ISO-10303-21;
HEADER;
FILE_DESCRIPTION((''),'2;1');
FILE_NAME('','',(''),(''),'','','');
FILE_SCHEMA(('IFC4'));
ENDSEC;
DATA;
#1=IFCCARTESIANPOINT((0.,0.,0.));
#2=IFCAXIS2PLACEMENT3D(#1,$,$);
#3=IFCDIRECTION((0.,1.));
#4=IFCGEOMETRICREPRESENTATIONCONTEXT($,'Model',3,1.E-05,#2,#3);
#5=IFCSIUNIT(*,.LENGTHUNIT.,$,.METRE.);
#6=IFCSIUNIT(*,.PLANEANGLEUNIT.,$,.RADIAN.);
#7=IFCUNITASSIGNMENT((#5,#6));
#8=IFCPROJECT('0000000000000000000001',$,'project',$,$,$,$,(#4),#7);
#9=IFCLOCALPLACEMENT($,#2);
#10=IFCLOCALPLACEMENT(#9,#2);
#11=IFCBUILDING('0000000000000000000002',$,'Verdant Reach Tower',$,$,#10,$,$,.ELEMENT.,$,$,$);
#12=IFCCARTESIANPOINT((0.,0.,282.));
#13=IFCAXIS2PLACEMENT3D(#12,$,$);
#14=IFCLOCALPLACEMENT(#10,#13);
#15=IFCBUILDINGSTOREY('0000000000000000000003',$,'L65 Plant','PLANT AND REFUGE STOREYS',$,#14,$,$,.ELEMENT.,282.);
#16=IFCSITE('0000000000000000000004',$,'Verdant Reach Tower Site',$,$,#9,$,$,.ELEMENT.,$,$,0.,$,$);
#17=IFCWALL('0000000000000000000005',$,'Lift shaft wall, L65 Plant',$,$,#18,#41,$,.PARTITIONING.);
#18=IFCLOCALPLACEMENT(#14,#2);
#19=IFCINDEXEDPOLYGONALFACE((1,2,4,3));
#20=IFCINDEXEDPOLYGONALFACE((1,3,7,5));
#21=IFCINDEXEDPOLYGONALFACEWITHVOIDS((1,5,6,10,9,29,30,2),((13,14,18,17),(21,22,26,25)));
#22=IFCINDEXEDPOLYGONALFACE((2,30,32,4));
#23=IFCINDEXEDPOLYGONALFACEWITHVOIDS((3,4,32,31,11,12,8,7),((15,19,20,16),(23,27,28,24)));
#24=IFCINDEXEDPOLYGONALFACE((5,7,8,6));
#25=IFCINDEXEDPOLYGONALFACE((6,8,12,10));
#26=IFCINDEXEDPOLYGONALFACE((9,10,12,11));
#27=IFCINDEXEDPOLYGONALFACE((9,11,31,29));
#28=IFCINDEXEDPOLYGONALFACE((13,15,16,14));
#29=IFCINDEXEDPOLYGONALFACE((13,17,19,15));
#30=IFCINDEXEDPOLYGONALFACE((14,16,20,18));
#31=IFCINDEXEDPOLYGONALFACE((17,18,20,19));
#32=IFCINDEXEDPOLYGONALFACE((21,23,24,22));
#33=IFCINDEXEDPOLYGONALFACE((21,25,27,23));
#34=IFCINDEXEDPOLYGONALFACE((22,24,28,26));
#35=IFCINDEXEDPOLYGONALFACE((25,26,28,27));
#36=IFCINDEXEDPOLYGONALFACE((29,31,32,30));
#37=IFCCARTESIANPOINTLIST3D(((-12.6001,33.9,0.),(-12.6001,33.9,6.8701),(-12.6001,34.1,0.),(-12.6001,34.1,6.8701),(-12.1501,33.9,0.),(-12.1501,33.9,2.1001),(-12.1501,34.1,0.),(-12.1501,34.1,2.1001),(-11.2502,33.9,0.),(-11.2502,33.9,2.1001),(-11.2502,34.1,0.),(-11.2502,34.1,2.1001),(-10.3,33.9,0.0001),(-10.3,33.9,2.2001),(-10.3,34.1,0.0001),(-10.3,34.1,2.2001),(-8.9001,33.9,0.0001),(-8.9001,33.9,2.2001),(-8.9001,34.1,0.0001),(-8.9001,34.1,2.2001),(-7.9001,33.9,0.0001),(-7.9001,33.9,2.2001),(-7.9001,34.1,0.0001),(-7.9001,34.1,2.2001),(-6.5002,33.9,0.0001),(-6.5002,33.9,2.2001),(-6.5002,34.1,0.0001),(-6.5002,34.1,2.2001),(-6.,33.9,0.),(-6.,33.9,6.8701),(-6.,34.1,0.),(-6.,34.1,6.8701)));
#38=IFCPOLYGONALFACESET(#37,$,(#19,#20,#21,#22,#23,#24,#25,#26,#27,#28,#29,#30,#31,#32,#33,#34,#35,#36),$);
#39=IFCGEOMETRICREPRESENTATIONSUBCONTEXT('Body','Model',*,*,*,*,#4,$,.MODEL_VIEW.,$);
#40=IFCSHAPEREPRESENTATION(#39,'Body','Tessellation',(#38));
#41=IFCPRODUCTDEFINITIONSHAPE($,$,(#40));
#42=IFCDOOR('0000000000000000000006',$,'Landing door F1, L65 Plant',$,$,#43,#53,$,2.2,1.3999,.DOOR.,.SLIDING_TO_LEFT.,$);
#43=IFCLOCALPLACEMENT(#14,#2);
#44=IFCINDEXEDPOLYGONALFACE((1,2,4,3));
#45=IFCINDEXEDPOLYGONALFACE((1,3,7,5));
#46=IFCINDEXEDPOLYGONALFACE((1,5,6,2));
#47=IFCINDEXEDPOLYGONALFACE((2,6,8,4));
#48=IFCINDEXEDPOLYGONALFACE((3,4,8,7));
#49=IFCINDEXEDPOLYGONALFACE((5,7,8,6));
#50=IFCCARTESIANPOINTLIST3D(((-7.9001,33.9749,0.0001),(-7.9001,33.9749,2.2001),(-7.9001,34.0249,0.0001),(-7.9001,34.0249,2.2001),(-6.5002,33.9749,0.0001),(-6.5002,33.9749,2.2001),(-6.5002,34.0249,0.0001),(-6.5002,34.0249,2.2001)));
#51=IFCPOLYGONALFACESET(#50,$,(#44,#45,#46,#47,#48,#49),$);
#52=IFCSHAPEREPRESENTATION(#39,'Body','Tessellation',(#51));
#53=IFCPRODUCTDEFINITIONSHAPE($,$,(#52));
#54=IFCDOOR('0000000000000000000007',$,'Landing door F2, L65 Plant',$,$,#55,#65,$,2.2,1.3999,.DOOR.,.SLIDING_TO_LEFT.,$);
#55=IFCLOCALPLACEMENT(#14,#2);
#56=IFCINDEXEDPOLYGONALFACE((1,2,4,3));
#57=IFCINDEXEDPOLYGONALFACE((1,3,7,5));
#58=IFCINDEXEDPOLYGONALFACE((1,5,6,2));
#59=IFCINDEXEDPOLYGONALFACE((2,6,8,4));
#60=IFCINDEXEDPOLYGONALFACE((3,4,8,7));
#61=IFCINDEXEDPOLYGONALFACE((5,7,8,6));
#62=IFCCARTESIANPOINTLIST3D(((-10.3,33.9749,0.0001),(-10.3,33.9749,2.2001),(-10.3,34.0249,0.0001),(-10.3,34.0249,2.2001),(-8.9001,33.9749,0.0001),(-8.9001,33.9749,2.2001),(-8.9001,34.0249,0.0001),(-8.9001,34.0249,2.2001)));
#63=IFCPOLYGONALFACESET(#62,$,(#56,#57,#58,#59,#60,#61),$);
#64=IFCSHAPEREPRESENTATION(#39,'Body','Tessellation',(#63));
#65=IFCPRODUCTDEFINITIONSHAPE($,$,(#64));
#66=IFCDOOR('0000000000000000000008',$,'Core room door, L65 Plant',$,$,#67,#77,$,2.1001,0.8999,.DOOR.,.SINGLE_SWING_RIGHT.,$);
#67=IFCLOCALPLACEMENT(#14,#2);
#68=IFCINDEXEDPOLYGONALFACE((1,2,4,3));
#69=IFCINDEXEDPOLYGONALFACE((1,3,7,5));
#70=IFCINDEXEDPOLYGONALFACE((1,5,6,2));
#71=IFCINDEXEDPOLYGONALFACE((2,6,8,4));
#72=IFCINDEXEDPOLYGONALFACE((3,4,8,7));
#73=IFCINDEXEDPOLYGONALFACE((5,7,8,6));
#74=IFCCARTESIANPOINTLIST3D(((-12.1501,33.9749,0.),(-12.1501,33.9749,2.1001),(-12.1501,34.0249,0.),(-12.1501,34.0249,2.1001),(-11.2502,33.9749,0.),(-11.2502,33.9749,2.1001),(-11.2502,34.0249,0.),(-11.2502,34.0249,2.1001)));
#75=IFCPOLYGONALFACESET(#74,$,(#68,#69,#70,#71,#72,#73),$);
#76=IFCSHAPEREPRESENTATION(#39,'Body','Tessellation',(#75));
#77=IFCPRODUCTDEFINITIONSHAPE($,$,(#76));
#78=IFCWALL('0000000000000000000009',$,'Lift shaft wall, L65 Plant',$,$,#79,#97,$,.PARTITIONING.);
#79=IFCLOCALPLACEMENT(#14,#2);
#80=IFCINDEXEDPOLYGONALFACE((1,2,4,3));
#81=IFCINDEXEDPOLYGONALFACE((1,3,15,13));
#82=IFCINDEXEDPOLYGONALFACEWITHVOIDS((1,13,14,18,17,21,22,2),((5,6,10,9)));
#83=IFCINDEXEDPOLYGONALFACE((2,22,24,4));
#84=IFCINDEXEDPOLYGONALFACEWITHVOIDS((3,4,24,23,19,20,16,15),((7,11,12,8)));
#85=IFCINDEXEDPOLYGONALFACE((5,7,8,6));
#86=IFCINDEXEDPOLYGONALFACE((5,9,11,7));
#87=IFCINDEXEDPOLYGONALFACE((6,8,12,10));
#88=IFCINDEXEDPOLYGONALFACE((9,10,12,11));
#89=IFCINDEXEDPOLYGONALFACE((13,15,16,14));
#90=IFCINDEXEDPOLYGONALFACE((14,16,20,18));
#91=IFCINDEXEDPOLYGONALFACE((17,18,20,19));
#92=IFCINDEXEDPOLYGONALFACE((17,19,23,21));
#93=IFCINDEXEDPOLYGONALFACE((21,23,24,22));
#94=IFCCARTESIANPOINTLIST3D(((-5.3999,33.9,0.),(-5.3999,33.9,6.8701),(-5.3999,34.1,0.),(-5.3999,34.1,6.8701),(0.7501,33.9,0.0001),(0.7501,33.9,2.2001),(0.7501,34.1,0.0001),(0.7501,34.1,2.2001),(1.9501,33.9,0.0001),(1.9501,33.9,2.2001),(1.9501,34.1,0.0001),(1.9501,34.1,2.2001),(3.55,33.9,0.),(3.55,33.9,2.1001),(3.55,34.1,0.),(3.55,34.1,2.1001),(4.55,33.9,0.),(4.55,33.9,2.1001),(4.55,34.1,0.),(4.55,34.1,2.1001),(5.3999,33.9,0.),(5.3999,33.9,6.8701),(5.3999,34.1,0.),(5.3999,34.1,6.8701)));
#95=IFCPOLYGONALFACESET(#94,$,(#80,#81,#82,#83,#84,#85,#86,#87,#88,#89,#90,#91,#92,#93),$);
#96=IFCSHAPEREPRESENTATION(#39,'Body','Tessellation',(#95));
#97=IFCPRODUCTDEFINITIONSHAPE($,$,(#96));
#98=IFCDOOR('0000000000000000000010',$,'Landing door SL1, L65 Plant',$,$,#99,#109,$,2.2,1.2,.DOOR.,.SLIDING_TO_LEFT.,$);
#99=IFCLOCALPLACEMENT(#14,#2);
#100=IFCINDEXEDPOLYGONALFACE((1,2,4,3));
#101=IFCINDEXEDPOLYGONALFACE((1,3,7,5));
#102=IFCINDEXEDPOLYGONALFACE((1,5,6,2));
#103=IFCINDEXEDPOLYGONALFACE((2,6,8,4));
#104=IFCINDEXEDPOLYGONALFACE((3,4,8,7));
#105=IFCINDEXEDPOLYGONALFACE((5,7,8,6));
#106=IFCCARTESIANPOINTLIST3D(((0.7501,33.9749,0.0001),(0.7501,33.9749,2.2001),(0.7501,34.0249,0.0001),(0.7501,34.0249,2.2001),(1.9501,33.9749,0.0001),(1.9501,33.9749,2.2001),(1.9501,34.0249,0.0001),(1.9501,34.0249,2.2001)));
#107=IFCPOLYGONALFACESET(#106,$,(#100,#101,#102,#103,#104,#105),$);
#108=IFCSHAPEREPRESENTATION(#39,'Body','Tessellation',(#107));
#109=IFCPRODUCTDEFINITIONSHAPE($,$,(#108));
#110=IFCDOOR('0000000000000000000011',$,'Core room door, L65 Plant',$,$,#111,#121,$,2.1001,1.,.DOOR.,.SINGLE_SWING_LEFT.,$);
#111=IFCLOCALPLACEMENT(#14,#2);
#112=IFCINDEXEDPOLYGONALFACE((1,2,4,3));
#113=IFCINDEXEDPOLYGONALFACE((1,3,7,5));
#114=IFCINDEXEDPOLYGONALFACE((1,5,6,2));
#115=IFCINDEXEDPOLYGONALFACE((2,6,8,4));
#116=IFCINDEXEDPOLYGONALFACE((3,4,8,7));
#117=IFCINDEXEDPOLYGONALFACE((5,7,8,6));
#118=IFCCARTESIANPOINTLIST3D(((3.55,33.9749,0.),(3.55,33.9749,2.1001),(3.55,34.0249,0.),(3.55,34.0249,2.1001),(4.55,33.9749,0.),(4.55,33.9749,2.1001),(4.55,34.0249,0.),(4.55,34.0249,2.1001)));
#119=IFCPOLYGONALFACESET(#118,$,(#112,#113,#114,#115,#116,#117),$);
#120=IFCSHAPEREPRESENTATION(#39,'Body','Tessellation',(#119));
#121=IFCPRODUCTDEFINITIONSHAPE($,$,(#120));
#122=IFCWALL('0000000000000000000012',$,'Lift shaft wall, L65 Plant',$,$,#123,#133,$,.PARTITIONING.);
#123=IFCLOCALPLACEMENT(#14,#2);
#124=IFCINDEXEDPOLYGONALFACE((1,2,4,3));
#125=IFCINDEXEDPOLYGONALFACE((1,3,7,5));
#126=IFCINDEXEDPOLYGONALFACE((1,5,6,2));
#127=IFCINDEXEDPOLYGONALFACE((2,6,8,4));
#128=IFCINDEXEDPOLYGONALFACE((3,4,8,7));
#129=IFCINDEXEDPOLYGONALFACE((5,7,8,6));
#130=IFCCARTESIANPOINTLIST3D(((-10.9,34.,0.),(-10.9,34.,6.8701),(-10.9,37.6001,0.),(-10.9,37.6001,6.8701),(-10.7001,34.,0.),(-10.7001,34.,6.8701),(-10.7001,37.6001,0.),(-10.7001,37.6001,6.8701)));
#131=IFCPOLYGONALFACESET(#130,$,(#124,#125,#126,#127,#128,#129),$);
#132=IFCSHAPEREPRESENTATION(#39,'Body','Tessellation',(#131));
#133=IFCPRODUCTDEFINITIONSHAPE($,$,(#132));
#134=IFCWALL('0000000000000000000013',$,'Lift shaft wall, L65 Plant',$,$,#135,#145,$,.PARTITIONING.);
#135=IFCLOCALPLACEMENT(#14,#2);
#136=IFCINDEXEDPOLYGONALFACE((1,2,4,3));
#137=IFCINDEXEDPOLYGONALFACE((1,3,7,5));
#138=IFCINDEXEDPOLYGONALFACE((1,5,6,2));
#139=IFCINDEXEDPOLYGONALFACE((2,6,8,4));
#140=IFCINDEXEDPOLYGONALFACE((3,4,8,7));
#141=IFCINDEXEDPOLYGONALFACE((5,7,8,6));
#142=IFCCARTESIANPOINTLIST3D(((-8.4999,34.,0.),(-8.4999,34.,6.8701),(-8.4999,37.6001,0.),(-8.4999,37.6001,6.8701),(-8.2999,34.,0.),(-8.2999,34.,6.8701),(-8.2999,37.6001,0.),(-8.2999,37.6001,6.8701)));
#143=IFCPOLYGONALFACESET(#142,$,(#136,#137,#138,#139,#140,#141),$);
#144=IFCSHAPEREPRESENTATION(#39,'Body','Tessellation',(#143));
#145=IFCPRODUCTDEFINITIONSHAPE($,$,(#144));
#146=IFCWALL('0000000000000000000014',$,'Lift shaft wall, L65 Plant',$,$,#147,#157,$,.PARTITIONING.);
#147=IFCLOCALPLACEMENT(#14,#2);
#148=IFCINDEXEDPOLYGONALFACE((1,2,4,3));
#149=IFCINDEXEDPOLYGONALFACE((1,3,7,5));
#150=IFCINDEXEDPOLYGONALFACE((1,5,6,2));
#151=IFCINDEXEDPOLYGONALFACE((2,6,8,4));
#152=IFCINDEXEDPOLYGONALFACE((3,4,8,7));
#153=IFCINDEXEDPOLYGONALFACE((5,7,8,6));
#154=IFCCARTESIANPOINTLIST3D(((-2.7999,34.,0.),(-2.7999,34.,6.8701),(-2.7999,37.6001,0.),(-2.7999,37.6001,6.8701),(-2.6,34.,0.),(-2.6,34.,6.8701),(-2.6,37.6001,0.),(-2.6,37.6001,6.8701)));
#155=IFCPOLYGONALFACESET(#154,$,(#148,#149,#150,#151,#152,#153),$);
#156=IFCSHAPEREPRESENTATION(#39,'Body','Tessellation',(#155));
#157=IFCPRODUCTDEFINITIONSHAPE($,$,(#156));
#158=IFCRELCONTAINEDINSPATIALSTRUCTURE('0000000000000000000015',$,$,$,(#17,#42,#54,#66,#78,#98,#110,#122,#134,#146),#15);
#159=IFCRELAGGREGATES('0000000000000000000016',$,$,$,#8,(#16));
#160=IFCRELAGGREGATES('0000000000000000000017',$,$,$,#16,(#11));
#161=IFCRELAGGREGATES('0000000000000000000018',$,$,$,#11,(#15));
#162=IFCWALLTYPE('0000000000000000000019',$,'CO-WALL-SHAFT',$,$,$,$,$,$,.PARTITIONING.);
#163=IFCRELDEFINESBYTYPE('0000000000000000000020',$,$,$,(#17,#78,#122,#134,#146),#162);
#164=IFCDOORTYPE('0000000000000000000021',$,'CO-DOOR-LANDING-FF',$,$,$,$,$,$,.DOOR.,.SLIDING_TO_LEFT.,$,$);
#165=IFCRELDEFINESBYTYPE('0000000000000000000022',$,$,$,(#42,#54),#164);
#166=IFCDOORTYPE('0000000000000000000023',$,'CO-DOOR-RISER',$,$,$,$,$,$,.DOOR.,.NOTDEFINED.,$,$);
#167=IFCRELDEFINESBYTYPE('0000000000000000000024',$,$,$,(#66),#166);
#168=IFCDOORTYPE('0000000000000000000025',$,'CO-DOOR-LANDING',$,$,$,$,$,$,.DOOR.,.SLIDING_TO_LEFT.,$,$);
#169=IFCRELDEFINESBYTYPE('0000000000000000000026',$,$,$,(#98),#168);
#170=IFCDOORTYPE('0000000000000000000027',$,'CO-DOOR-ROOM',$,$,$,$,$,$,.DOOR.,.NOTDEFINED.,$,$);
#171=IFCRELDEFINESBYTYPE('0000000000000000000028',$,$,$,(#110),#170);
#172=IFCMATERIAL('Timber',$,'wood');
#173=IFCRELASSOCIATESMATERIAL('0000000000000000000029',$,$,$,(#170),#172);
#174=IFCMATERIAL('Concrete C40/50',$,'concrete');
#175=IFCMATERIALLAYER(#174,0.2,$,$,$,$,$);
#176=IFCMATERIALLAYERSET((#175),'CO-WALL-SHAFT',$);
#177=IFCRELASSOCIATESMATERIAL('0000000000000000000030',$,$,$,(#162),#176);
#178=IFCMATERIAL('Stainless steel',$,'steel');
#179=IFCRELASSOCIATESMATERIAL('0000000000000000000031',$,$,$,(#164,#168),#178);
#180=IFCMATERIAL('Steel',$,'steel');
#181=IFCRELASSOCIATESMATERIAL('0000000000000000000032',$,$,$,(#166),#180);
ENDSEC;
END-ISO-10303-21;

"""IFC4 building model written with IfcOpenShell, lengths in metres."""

from ifc_helpers import new_model, si_unit, direction, frame, frame_2d, origin, place, context, subcontext, project, spatial, rectangle, extrude, material, layer, layer_set, type_object, element, fill, save


model = new_model("IFC4")

# Units and contexts
model_context = context("Model", 3, precision=1e-05, world=origin(), true_north=direction((0.0, 1.0)))
body_context = subcontext(model_context, "Body", "Model", "MODEL_VIEW")
ifc_project = project(units=[si_unit("LENGTHUNIT", "METRE"), si_unit("PLANEANGLEUNIT", "RADIAN")], contexts=[model_context])

# Site, building, storey
site_placement = place(None, origin())
site = spatial("IfcSite", under=ifc_project, at=site_placement, Name="Verdant Reach Tower Site", CompositionType="ELEMENT", RefElevation=0.0)
building_placement = place(site_placement, origin())
building = spatial("IfcBuilding", under=site, at=building_placement, Name="Verdant Reach Tower", CompositionType="ELEMENT")
storey_placement = place(building_placement, frame((0.0, 0.0, 282.0)))
storey = spatial("IfcBuildingStorey", under=building, at=storey_placement, Name="L65 Plant", Description="PLANT AND REFUGE STOREYS", CompositionType="ELEMENT", Elevation=282.0)

# Shared definitions
ifc_material_1 = material(Name="Timber", Category="wood")
door_type_1 = type_object("IfcDoorType", Name="CO-DOOR-ROOM", OperationType="NOTDEFINED", PredefinedType="DOOR", material=ifc_material_1)

# Walls, openings, doors
ifc_material_2 = material(Name="Concrete C40/50", Category="concrete")
ifc_layer_1 = layer(ifc_material_2, 0.2)
ifc_layer_set_1 = layer_set([ifc_layer_1], Name="CO-WALL-SHAFT")
wall_type_1 = type_object("IfcWallType", Name="CO-WALL-SHAFT", PredefinedType="PARTITIONING", material=ifc_layer_set_1)
wall_1_placement = place(storey_placement, frame((-12.6001, 34.0, 0.0), z_axis=(0.0, 0.0, 1.0), x_axis=(1.0, 0.0, 0.0)))
wall_1 = element("IfcWall", 1, at=wall_1_placement, inside=storey, type_object=wall_type_1, Name="Lift shaft wall, L65 Plant", PredefinedType="PARTITIONING", context=body_context, shape_type="SweptSolid", body=[
    extrude(rectangle(XDim=6.6001, YDim=0.2, at=frame_2d((3.3, 0.0))), origin(), (0.0, 0.0, 1.0), 6.8701),
])
opening_1_placement = place(wall_1_placement, frame((4.7, 0.0, 0.0)))
opening_1 = element("IfcOpeningElement", 2, at=opening_1_placement, cuts=wall_1, PredefinedType="OPENING", context=body_context, shape_type="SweptSolid", body=[
    extrude(rectangle(XDim=1.3999, YDim=2.2, at=frame_2d((0.7, 1.1001))), frame((0.0, 0.1099, 0.0), z_axis=(0.0, -1.0, 0.0), x_axis=(1.0, 0.0, 0.0)), (0.0, 0.0, 1.0), 0.22),
])
opening_2_placement = place(wall_1_placement, frame((2.3, 0.0, 0.0)))
opening_2 = element("IfcOpeningElement", 3, at=opening_2_placement, cuts=wall_1, PredefinedType="OPENING", context=body_context, shape_type="SweptSolid", body=[
    extrude(rectangle(XDim=1.3999, YDim=2.2, at=frame_2d((0.7, 1.1001))), frame((0.0, 0.1099, 0.0), z_axis=(0.0, -1.0, 0.0), x_axis=(1.0, 0.0, 0.0)), (0.0, 0.0, 1.0), 0.22),
])
opening_3_placement = place(wall_1_placement, frame((0.45, 0.0, 0.0)))
opening_3 = element("IfcOpeningElement", 4, at=opening_3_placement, cuts=wall_1, PredefinedType="OPENING", context=body_context, shape_type="SweptSolid", body=[
    extrude(rectangle(XDim=0.8999, YDim=2.1001, at=frame_2d((0.45, 1.05))), frame((0.0, 0.1099, 0.0), z_axis=(0.0, -1.0, 0.0), x_axis=(1.0, 0.0, 0.0)), (0.0, 0.0, 1.0), 0.22),
])
ifc_material_3 = material(Name="Stainless steel", Category="steel")
door_type_2 = type_object("IfcDoorType", Name="CO-DOOR-LANDING-FF", OperationType="SLIDING_TO_LEFT", PredefinedType="DOOR", material=ifc_material_3)
door_1_placement = place(opening_1_placement, origin())
door_1 = element("IfcDoor", 5, at=door_1_placement, inside=storey, type_object=door_type_2, Name="Landing door F1, L65 Plant", OperationType="SLIDING_TO_LEFT", OverallHeight=2.2, OverallWidth=1.3999, PredefinedType="DOOR", context=body_context, shape_type="SweptSolid", body=[
    extrude(rectangle(XDim=1.3999, YDim=2.2, at=frame_2d((0.7, 1.1001))), frame((0.0, 0.0249, 0.0), z_axis=(0.0, -1.0, 0.0), x_axis=(1.0, 0.0, 0.0)), (0.0, 0.0, 1.0), 0.05),
])
fill(opening_1, door_1)
door_2_placement = place(opening_2_placement, origin())
door_2 = element("IfcDoor", 6, at=door_2_placement, inside=storey, type_object=door_type_2, Name="Landing door F2, L65 Plant", OperationType="SLIDING_TO_LEFT", OverallHeight=2.2, OverallWidth=1.3999, PredefinedType="DOOR", context=body_context, shape_type="SweptSolid", body=[
    extrude(rectangle(XDim=1.3999, YDim=2.2, at=frame_2d((0.7, 1.1001))), frame((0.0, 0.0249, 0.0), z_axis=(0.0, -1.0, 0.0), x_axis=(1.0, 0.0, 0.0)), (0.0, 0.0, 1.0), 0.05),
])
fill(opening_2, door_2)
ifc_material_4 = material(Name="Steel", Category="steel")
door_type_3 = type_object("IfcDoorType", Name="CO-DOOR-RISER", OperationType="NOTDEFINED", PredefinedType="DOOR", material=ifc_material_4)
door_3_placement = place(opening_3_placement, origin())
door_3 = element("IfcDoor", 7, at=door_3_placement, inside=storey, type_object=door_type_3, Name="Core room door, L65 Plant", OperationType="SINGLE_SWING_RIGHT", OverallHeight=2.1001, OverallWidth=0.8999, PredefinedType="DOOR", context=body_context, shape_type="SweptSolid", body=[
    extrude(rectangle(XDim=0.8999, YDim=2.1001, at=frame_2d((0.45, 1.05))), frame((0.0, 0.0249, 0.0), z_axis=(0.0, -1.0, 0.0), x_axis=(1.0, 0.0, 0.0)), (0.0, 0.0, 1.0), 0.05),
])
fill(opening_3, door_3)
wall_2_placement = place(storey_placement, frame((-5.3999, 34.0, 0.0), z_axis=(0.0, 0.0, 1.0), x_axis=(1.0, 0.0, 0.0)))
wall_2 = element("IfcWall", 8, at=wall_2_placement, inside=storey, type_object=wall_type_1, Name="Lift shaft wall, L65 Plant", PredefinedType="PARTITIONING", context=body_context, shape_type="SweptSolid", body=[
    extrude(rectangle(XDim=10.7998, YDim=0.2, at=frame_2d((5.3999, 0.0))), origin(), (0.0, 0.0, 1.0), 6.8701),
])
opening_4_placement = place(wall_2_placement, frame((6.1499, 0.0, 0.0)))
opening_4 = element("IfcOpeningElement", 9, at=opening_4_placement, cuts=wall_2, PredefinedType="OPENING", context=body_context, shape_type="SweptSolid", body=[
    extrude(rectangle(XDim=1.2, YDim=2.2, at=frame_2d((0.6001, 1.1001))), frame((0.0, 0.1099, 0.0), z_axis=(0.0, -1.0, 0.0), x_axis=(1.0, 0.0, 0.0)), (0.0, 0.0, 1.0), 0.22),
])
opening_5_placement = place(wall_2_placement, frame((8.95, 0.0, 0.0)))
opening_5 = element("IfcOpeningElement", 10, at=opening_5_placement, cuts=wall_2, PredefinedType="OPENING", context=body_context, shape_type="SweptSolid", body=[
    extrude(rectangle(XDim=1.0, YDim=2.1001, at=frame_2d((0.5, 1.05))), frame((0.0, 0.1099, 0.0), z_axis=(0.0, -1.0, 0.0), x_axis=(1.0, 0.0, 0.0)), (0.0, 0.0, 1.0), 0.22),
])
door_type_4 = type_object("IfcDoorType", Name="CO-DOOR-LANDING", OperationType="SLIDING_TO_LEFT", PredefinedType="DOOR", material=ifc_material_3)
door_4_placement = place(opening_4_placement, origin())
door_4 = element("IfcDoor", 11, at=door_4_placement, inside=storey, type_object=door_type_4, Name="Landing door SL1, L65 Plant", OperationType="SLIDING_TO_LEFT", OverallHeight=2.2, OverallWidth=1.2, PredefinedType="DOOR", context=body_context, shape_type="SweptSolid", body=[
    extrude(rectangle(XDim=1.2, YDim=2.2, at=frame_2d((0.6001, 1.1001))), frame((0.0, 0.0249, 0.0), z_axis=(0.0, -1.0, 0.0), x_axis=(1.0, 0.0, 0.0)), (0.0, 0.0, 1.0), 0.05),
])
fill(opening_4, door_4)
door_5_placement = place(opening_5_placement, origin())
door_5 = element("IfcDoor", 12, at=door_5_placement, inside=storey, type_object=door_type_1, Name="Core room door, L65 Plant", OperationType="SINGLE_SWING_LEFT", OverallHeight=2.1001, OverallWidth=1.0, PredefinedType="DOOR", context=body_context, shape_type="SweptSolid", body=[
    extrude(rectangle(XDim=1.0, YDim=2.1001, at=frame_2d((0.5, 1.05))), frame((0.0, 0.0249, 0.0), z_axis=(0.0, -1.0, 0.0), x_axis=(1.0, 0.0, 0.0)), (0.0, 0.0, 1.0), 0.05),
])
fill(opening_5, door_5)

# Walls
for number, where, z_axis, x_axis, name in (
    (13, (-10.8, 34.0, 0.0), (0.0, 0.0, 1.0), (0.0, 1.0, 0.0), "Lift shaft wall, L65 Plant"),
    (14, (-8.3999, 34.0, 0.0), (0.0, 0.0, 1.0), (0.0, 1.0, 0.0), "Lift shaft wall, L65 Plant"),
    (15, (-2.7, 34.0, 0.0), (0.0, 0.0, 1.0), (0.0, 1.0, 0.0), "Lift shaft wall, L65 Plant"),
):
    element("IfcWall", number, at=place(storey_placement, frame(where, z_axis=z_axis, x_axis=x_axis)), inside=storey, type_object=wall_type_1, Name=name, PredefinedType="PARTITIONING", context=body_context, shape_type="SweptSolid", body=[
        extrude(rectangle(XDim=3.6001, YDim=0.2, at=frame_2d((1.8, 0.0))), origin(), (0.0, 0.0, 1.0), 6.8701),
    ])

save(model, "model.ifc")
